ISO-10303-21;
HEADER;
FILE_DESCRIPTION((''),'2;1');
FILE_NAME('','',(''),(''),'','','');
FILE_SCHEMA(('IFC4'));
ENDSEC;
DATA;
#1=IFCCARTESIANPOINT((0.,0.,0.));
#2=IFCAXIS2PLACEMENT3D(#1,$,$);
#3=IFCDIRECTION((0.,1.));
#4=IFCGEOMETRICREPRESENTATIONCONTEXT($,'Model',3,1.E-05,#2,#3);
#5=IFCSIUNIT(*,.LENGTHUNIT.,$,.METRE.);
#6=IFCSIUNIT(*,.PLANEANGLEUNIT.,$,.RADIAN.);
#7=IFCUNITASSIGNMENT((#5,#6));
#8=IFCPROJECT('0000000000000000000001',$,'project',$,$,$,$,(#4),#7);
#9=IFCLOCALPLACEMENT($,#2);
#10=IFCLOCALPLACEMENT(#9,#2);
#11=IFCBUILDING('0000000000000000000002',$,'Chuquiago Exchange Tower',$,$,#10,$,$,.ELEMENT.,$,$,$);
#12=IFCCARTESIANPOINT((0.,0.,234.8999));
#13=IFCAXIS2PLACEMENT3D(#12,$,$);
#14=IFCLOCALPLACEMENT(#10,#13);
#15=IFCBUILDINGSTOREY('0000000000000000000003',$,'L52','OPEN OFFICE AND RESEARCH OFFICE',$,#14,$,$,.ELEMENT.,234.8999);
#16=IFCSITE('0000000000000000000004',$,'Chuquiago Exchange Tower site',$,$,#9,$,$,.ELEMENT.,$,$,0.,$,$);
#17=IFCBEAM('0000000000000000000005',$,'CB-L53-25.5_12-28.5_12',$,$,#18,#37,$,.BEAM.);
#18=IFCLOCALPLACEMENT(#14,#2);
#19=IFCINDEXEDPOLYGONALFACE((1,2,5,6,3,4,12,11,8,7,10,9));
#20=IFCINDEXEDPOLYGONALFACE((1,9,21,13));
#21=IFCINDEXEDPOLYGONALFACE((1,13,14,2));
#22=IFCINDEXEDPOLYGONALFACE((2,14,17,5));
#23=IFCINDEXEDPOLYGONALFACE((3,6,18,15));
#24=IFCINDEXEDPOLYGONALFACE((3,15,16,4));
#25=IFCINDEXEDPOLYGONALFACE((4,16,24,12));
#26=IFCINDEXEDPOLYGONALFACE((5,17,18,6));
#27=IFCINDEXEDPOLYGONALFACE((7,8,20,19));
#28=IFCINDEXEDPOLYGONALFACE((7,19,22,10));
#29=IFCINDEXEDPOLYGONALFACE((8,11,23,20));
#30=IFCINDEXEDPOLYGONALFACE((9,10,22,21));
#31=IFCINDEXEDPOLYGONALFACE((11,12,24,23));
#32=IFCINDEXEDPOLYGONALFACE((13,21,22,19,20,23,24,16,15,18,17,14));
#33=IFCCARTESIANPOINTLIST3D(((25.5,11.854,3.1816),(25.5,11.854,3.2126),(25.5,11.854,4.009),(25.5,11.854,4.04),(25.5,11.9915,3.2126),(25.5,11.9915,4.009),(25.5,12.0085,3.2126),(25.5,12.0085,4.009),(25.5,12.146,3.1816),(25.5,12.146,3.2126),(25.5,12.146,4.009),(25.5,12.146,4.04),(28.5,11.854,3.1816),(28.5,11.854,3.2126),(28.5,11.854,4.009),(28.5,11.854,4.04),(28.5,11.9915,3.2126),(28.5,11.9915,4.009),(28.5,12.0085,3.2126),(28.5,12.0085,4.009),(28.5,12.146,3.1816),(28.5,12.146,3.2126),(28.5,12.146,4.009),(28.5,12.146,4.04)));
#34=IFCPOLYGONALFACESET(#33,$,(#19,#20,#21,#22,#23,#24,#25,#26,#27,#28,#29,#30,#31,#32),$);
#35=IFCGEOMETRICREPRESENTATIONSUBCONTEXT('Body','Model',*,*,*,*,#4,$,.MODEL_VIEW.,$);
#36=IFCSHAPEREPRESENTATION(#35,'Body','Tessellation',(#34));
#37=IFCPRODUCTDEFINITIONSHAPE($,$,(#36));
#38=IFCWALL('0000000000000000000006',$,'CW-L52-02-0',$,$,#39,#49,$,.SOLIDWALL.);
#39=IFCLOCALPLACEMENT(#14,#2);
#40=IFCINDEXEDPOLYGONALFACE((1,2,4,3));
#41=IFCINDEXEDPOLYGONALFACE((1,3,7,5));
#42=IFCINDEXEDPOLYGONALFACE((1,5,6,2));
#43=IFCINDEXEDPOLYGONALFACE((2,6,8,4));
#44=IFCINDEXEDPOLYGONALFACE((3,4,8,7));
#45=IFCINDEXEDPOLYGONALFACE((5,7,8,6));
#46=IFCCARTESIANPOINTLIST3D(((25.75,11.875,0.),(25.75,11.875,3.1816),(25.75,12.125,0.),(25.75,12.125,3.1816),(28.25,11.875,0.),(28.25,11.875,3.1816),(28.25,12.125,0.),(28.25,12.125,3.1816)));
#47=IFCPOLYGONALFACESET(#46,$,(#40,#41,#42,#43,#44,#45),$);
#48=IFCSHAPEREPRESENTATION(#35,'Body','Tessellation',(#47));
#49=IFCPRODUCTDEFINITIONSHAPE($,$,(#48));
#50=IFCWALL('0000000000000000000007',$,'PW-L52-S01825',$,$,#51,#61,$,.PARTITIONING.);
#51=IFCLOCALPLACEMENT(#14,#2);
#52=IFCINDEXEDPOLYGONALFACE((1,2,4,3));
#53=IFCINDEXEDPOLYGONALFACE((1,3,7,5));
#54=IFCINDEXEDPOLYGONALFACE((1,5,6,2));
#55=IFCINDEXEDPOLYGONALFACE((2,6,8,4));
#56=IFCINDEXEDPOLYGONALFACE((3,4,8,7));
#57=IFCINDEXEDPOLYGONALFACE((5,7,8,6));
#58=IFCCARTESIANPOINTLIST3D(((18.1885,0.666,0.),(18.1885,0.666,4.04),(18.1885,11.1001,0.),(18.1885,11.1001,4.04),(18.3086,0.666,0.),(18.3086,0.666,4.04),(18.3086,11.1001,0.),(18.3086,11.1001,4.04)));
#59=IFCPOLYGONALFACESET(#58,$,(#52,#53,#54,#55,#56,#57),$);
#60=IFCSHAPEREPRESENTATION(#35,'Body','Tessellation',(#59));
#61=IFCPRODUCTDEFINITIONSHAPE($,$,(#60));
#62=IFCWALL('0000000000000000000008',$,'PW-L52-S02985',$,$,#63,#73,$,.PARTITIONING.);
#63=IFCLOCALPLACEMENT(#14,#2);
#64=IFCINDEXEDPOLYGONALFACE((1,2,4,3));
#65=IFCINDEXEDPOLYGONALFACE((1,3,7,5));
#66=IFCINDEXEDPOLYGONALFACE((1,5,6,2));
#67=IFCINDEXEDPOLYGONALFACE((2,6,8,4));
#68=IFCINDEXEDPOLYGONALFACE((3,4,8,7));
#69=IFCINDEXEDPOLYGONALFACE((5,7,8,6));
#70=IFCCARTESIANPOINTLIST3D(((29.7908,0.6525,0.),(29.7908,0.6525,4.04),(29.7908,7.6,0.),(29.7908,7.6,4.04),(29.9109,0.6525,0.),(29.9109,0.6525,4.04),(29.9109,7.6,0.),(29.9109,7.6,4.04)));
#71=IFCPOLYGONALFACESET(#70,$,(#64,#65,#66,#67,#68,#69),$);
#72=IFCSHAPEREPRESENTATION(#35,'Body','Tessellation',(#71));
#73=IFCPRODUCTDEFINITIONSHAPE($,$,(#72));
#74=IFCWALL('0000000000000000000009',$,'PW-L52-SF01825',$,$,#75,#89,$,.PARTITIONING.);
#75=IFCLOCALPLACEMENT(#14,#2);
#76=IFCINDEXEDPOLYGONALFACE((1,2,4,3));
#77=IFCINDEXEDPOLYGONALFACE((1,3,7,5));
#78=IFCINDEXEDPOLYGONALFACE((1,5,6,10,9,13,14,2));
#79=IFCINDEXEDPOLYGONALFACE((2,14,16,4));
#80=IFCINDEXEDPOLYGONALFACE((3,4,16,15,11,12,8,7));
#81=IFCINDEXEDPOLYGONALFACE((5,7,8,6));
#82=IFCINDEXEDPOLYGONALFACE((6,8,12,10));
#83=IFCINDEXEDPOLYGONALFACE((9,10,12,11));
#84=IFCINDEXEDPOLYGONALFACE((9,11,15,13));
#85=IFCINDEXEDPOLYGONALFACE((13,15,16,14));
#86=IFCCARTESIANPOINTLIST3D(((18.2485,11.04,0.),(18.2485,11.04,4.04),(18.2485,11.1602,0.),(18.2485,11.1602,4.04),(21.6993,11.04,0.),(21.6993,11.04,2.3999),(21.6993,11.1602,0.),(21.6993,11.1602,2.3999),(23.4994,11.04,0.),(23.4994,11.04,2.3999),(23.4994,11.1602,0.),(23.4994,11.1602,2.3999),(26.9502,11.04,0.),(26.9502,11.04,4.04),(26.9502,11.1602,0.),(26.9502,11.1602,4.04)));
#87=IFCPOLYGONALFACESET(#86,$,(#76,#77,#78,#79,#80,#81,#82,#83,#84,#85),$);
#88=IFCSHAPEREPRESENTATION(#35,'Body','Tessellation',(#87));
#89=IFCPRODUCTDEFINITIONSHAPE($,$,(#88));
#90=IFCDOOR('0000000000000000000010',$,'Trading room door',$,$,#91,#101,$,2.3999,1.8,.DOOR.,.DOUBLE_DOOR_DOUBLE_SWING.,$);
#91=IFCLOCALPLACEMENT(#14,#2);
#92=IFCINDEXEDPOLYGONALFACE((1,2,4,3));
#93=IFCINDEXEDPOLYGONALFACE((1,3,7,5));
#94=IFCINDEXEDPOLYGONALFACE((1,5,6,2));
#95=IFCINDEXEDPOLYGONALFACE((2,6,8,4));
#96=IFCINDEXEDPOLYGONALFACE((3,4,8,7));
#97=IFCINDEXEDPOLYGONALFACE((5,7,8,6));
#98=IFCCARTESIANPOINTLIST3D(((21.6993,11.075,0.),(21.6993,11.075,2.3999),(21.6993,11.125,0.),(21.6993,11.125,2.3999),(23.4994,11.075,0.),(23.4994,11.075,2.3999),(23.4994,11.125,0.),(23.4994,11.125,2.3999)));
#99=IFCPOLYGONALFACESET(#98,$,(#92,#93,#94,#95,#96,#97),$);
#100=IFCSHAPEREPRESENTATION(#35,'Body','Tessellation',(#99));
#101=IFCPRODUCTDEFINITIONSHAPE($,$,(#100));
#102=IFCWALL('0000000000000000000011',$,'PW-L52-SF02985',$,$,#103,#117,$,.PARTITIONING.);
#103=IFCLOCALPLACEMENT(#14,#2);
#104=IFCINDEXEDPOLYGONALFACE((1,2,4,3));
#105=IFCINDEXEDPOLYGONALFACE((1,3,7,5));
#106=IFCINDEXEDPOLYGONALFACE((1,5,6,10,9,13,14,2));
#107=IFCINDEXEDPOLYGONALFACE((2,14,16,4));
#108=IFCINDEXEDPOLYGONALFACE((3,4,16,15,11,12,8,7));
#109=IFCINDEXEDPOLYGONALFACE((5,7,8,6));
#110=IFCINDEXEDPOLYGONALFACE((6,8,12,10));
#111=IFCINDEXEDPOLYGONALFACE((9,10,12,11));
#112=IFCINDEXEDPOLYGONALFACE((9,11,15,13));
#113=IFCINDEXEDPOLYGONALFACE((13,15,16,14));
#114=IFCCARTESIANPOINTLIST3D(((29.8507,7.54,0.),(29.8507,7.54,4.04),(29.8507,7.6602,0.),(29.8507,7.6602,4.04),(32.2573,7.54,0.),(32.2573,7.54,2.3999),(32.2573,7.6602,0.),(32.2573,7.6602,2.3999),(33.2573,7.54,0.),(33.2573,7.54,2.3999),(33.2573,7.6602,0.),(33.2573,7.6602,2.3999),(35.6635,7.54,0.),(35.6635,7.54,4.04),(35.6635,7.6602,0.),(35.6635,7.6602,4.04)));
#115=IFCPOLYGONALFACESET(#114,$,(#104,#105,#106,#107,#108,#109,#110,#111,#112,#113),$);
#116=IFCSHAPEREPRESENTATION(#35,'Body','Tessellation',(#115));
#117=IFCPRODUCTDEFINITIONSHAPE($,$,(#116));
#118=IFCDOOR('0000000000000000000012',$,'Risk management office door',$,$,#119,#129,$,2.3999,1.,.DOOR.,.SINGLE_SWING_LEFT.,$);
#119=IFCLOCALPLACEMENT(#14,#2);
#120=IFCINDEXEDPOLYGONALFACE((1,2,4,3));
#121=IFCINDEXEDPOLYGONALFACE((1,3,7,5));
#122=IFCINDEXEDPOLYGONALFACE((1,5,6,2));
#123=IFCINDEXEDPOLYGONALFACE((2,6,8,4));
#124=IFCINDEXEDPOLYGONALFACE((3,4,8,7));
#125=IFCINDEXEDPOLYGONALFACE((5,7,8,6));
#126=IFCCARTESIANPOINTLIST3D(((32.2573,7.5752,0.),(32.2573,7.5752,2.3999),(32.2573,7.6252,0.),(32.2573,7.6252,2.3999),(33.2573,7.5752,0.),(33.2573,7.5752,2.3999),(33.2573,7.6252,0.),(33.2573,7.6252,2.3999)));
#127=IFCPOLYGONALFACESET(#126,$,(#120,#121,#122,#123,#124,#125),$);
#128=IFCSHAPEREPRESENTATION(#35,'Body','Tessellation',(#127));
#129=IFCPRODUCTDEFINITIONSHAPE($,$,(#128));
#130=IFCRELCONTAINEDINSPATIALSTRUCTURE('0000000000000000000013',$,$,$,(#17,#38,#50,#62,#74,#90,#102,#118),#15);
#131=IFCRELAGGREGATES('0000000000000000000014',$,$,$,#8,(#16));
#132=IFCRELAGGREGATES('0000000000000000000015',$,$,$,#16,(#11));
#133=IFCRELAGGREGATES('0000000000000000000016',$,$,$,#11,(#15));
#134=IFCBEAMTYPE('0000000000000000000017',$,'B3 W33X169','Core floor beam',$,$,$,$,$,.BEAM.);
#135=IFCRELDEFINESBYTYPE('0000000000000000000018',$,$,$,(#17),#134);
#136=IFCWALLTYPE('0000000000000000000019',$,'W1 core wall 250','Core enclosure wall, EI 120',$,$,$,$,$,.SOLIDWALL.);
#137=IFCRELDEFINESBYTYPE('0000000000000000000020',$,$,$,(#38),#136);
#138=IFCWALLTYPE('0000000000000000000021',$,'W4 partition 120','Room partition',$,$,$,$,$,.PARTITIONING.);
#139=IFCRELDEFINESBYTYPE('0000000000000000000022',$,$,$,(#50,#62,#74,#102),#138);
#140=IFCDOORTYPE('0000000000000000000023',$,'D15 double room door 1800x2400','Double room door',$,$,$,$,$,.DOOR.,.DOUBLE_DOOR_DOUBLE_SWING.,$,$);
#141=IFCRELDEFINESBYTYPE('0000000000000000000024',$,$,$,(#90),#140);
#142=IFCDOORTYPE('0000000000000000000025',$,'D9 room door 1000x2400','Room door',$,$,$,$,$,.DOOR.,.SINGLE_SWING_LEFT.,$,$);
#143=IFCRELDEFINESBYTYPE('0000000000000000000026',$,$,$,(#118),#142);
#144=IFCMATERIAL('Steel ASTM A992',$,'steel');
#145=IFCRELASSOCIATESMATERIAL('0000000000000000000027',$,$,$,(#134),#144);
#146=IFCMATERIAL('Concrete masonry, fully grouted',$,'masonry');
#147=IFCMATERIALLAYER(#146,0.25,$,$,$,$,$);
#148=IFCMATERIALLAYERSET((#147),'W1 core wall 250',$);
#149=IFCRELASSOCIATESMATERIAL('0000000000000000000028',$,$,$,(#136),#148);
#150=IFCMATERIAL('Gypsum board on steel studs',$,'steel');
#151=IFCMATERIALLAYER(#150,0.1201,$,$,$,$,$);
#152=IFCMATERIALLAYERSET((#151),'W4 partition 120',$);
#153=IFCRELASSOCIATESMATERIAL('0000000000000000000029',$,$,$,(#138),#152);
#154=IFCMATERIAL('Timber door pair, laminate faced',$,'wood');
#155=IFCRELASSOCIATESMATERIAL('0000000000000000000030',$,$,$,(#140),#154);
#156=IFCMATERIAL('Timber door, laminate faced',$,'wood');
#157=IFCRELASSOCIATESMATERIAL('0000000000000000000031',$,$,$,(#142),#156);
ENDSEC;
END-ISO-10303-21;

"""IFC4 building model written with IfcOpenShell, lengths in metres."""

from ifc_helpers import new_model, si_unit, direction, frame, frame_2d, origin, origin_2d, place, context, subcontext, project, spatial, rectangle, i_section, extrude, material, layer, layer_set, material_profile, profile_set, type_object, element, fill, save


model = new_model("IFC4")

# Units and contexts
model_context = context("Model", 3, precision=1e-05, world=origin(), true_north=direction((0.0, 1.0)))
body_context = subcontext(model_context, "Body", "Model", "MODEL_VIEW")
ifc_project = project(units=[si_unit("LENGTHUNIT", "METRE"), si_unit("PLANEANGLEUNIT", "RADIAN")], contexts=[model_context])

# Site, building, storey
site_placement = place(None, origin())
site = spatial("IfcSite", under=ifc_project, at=site_placement, Name="Chuquiago Exchange Tower site", CompositionType="ELEMENT", RefElevation=0.0)
building_placement = place(site_placement, origin())
building = spatial("IfcBuilding", under=site, at=building_placement, Name="Chuquiago Exchange Tower", CompositionType="ELEMENT")
storey_placement = place(building_placement, frame((0.0, 0.0, 234.8999)))
storey = spatial("IfcBuildingStorey", under=building, at=storey_placement, Name="L52", Description="OPEN OFFICE AND RESEARCH OFFICE", CompositionType="ELEMENT", Elevation=234.8999)

# Beam
ifc_material_1 = material(Name="Steel ASTM A992", Category="steel")
ifc_material_profile_1 = material_profile(ifc_material_1, i_section(OverallWidth=0.292, OverallDepth=0.8584, WebThickness=0.0171, FlangeThickness=0.031, at=origin_2d()), Name="W33X169")
ifc_profile_set_1 = profile_set([ifc_material_profile_1], Name="Steel ASTM A992")
beam_type_1 = type_object("IfcBeamType", Name="B3 W33X169", Description="Core floor beam", PredefinedType="BEAM", material=ifc_profile_set_1)
beam_1_placement = place(storey_placement, frame((25.5, 12.0, 3.6108), z_axis=(1.0, 0.0, 0.0), x_axis=(0.0, 1.0, 0.0)))
element("IfcBeam", 1, at=beam_1_placement, inside=storey, type_object=beam_type_1, Name="CB-L53-25.5_12-28.5_12", PredefinedType="BEAM", context=body_context, shape_type="SweptSolid", body=[
    extrude(i_section(OverallWidth=0.292, OverallDepth=0.8584, WebThickness=0.0171, FlangeThickness=0.031, at=origin_2d()), origin(), (0.0, 0.0, 1.0), 3.0),
])

# Walls
ifc_material_2 = material(Name="Concrete masonry, fully grouted", Category="masonry")
ifc_layer_1 = layer(ifc_material_2, 0.25)
ifc_layer_set_1 = layer_set([ifc_layer_1], Name="W1 core wall 250")
wall_type_1 = type_object("IfcWallType", Name="W1 core wall 250", Description="Core enclosure wall, EI 120", PredefinedType="SOLIDWALL", material=ifc_layer_set_1)
wall_1_placement = place(storey_placement, frame((25.75, 12.0, 0.0), z_axis=(0.0, 0.0, 1.0), x_axis=(1.0, 0.0, 0.0)))
element("IfcWall", 2, at=wall_1_placement, inside=storey, type_object=wall_type_1, Name="CW-L52-02-0", PredefinedType="SOLIDWALL", context=body_context, shape_type="SweptSolid", body=[
    extrude(rectangle(XDim=2.5, YDim=0.25, at=frame_2d((1.25, 0.0))), origin(), (0.0, 0.0, 1.0), 3.1816),
])
ifc_material_3 = material(Name="Gypsum board on steel studs", Category="steel")
ifc_layer_2 = layer(ifc_material_3, 0.1201)
ifc_layer_set_2 = layer_set([ifc_layer_2], Name="W4 partition 120")
wall_type_2 = type_object("IfcWallType", Name="W4 partition 120", Description="Room partition", PredefinedType="PARTITIONING", material=ifc_layer_set_2)
wall_2_placement = place(storey_placement, frame((18.2485, 0.666, 0.0), z_axis=(0.0, 0.0, 1.0), x_axis=(0.0, 1.0, 0.0)))
element("IfcWall", 3, at=wall_2_placement, inside=storey, type_object=wall_type_2, Name="PW-L52-S01825", PredefinedType="PARTITIONING", context=body_context, shape_type="SweptSolid", body=[
    extrude(rectangle(XDim=10.4341, YDim=0.1201, at=frame_2d((5.217, 0.0))), origin(), (0.0, 0.0, 1.0), 4.04),
])
wall_3_placement = place(storey_placement, frame((29.8508, 0.6526, 0.0), z_axis=(0.0, 0.0, 1.0), x_axis=(0.0, 1.0, 0.0)))
element("IfcWall", 4, at=wall_3_placement, inside=storey, type_object=wall_type_2, Name="PW-L52-S02985", PredefinedType="PARTITIONING", context=body_context, shape_type="SweptSolid", body=[
    extrude(rectangle(XDim=6.9475, YDim=0.1201, at=frame_2d((3.4736, 0.0))), origin(), (0.0, 0.0, 1.0), 4.04),
])

# Walls, openings, doors
wall_4_placement = place(storey_placement, frame((18.2485, 11.1001, 0.0), z_axis=(0.0, 0.0, 1.0), x_axis=(1.0, 0.0, 0.0)))
wall_4 = element("IfcWall", 5, at=wall_4_placement, inside=storey, type_object=wall_type_2, Name="PW-L52-SF01825", PredefinedType="PARTITIONING", context=body_context, shape_type="SweptSolid", body=[
    extrude(rectangle(XDim=8.7017, YDim=0.1201, at=frame_2d((4.3508, 0.0))), origin(), (0.0, 0.0, 1.0), 4.04),
])
opening_1_placement = place(wall_4_placement, frame((3.4509, 0.0, 0.0)))
opening_1 = element("IfcOpeningElement", 6, at=opening_1_placement, cuts=wall_4, PredefinedType="OPENING", context=body_context, shape_type="SweptSolid", body=[
    extrude(rectangle(XDim=1.8, YDim=2.3999, at=frame_2d((0.8999, 1.2))), frame((0.0, 0.0701, 0.0), z_axis=(0.0, -1.0, 0.0), x_axis=(1.0, 0.0, 0.0)), (0.0, 0.0, 1.0), 0.1401),
])
ifc_material_4 = material(Name="Timber door pair, laminate faced", Category="wood")
door_type_1 = type_object("IfcDoorType", Name="D15 double room door 1800x2400", Description="Double room door", OperationType="DOUBLE_DOOR_DOUBLE_SWING", PredefinedType="DOOR", material=ifc_material_4)
door_1_placement = place(opening_1_placement, origin())
door_1 = element("IfcDoor", 7, at=door_1_placement, inside=storey, type_object=door_type_1, Name="Trading room door", OperationType="DOUBLE_DOOR_DOUBLE_SWING", OverallHeight=2.3999, OverallWidth=1.8, PredefinedType="DOOR", context=body_context, shape_type="SweptSolid", body=[
    extrude(rectangle(XDim=1.8, YDim=2.3999, at=frame_2d((0.8999, 1.2))), frame((0.0, 0.0249, 0.0), z_axis=(0.0, -1.0, 0.0), x_axis=(1.0, 0.0, 0.0)), (0.0, 0.0, 1.0), 0.05),
])
fill(opening_1, door_1)
wall_5_placement = place(storey_placement, frame((29.8508, 7.6001, 0.0), z_axis=(0.0, 0.0, 1.0), x_axis=(1.0, 0.0, 0.0)))
wall_5 = element("IfcWall", 8, at=wall_5_placement, inside=storey, type_object=wall_type_2, Name="PW-L52-SF02985", PredefinedType="PARTITIONING", context=body_context, shape_type="SweptSolid", body=[
    extrude(rectangle(XDim=5.8127, YDim=0.1201, at=frame_2d((2.9062, 0.0))), origin(), (0.0, 0.0, 1.0), 4.04),
])
opening_2_placement = place(wall_5_placement, frame((2.4065, 0.0, 0.0)))
opening_2 = element("IfcOpeningElement", 9, at=opening_2_placement, cuts=wall_5, PredefinedType="OPENING", context=body_context, shape_type="SweptSolid", body=[
    extrude(rectangle(XDim=1.0, YDim=2.3999, at=frame_2d((0.5, 1.2))), frame((0.0, 0.0701, 0.0), z_axis=(0.0, -1.0, 0.0), x_axis=(1.0, 0.0, 0.0)), (0.0, 0.0, 1.0), 0.1401),
])
ifc_material_5 = material(Name="Timber door, laminate faced", Category="wood")
door_type_2 = type_object("IfcDoorType", Name="D9 room door 1000x2400", Description="Room door", OperationType="SINGLE_SWING_LEFT", PredefinedType="DOOR", material=ifc_material_5)
door_2_placement = place(opening_2_placement, frame((1.0, 0.0, 0.0), z_axis=(0.0, 0.0, 1.0), x_axis=(-1.0, 0.0, 0.0)))
door_2 = element("IfcDoor", 10, at=door_2_placement, inside=storey, type_object=door_type_2, Name="Risk management office door", OperationType="SINGLE_SWING_LEFT", OverallHeight=2.3999, OverallWidth=1.0, PredefinedType="DOOR", context=body_context, shape_type="SweptSolid", body=[
    extrude(rectangle(XDim=1.0, YDim=2.3999, at=frame_2d((0.5, 1.2))), frame((0.0, 0.0249, 0.0), z_axis=(0.0, -1.0, 0.0), x_axis=(1.0, 0.0, 0.0)), (0.0, 0.0, 1.0), 0.05),
])
fill(opening_2, door_2)

save(model, "model.ifc")
